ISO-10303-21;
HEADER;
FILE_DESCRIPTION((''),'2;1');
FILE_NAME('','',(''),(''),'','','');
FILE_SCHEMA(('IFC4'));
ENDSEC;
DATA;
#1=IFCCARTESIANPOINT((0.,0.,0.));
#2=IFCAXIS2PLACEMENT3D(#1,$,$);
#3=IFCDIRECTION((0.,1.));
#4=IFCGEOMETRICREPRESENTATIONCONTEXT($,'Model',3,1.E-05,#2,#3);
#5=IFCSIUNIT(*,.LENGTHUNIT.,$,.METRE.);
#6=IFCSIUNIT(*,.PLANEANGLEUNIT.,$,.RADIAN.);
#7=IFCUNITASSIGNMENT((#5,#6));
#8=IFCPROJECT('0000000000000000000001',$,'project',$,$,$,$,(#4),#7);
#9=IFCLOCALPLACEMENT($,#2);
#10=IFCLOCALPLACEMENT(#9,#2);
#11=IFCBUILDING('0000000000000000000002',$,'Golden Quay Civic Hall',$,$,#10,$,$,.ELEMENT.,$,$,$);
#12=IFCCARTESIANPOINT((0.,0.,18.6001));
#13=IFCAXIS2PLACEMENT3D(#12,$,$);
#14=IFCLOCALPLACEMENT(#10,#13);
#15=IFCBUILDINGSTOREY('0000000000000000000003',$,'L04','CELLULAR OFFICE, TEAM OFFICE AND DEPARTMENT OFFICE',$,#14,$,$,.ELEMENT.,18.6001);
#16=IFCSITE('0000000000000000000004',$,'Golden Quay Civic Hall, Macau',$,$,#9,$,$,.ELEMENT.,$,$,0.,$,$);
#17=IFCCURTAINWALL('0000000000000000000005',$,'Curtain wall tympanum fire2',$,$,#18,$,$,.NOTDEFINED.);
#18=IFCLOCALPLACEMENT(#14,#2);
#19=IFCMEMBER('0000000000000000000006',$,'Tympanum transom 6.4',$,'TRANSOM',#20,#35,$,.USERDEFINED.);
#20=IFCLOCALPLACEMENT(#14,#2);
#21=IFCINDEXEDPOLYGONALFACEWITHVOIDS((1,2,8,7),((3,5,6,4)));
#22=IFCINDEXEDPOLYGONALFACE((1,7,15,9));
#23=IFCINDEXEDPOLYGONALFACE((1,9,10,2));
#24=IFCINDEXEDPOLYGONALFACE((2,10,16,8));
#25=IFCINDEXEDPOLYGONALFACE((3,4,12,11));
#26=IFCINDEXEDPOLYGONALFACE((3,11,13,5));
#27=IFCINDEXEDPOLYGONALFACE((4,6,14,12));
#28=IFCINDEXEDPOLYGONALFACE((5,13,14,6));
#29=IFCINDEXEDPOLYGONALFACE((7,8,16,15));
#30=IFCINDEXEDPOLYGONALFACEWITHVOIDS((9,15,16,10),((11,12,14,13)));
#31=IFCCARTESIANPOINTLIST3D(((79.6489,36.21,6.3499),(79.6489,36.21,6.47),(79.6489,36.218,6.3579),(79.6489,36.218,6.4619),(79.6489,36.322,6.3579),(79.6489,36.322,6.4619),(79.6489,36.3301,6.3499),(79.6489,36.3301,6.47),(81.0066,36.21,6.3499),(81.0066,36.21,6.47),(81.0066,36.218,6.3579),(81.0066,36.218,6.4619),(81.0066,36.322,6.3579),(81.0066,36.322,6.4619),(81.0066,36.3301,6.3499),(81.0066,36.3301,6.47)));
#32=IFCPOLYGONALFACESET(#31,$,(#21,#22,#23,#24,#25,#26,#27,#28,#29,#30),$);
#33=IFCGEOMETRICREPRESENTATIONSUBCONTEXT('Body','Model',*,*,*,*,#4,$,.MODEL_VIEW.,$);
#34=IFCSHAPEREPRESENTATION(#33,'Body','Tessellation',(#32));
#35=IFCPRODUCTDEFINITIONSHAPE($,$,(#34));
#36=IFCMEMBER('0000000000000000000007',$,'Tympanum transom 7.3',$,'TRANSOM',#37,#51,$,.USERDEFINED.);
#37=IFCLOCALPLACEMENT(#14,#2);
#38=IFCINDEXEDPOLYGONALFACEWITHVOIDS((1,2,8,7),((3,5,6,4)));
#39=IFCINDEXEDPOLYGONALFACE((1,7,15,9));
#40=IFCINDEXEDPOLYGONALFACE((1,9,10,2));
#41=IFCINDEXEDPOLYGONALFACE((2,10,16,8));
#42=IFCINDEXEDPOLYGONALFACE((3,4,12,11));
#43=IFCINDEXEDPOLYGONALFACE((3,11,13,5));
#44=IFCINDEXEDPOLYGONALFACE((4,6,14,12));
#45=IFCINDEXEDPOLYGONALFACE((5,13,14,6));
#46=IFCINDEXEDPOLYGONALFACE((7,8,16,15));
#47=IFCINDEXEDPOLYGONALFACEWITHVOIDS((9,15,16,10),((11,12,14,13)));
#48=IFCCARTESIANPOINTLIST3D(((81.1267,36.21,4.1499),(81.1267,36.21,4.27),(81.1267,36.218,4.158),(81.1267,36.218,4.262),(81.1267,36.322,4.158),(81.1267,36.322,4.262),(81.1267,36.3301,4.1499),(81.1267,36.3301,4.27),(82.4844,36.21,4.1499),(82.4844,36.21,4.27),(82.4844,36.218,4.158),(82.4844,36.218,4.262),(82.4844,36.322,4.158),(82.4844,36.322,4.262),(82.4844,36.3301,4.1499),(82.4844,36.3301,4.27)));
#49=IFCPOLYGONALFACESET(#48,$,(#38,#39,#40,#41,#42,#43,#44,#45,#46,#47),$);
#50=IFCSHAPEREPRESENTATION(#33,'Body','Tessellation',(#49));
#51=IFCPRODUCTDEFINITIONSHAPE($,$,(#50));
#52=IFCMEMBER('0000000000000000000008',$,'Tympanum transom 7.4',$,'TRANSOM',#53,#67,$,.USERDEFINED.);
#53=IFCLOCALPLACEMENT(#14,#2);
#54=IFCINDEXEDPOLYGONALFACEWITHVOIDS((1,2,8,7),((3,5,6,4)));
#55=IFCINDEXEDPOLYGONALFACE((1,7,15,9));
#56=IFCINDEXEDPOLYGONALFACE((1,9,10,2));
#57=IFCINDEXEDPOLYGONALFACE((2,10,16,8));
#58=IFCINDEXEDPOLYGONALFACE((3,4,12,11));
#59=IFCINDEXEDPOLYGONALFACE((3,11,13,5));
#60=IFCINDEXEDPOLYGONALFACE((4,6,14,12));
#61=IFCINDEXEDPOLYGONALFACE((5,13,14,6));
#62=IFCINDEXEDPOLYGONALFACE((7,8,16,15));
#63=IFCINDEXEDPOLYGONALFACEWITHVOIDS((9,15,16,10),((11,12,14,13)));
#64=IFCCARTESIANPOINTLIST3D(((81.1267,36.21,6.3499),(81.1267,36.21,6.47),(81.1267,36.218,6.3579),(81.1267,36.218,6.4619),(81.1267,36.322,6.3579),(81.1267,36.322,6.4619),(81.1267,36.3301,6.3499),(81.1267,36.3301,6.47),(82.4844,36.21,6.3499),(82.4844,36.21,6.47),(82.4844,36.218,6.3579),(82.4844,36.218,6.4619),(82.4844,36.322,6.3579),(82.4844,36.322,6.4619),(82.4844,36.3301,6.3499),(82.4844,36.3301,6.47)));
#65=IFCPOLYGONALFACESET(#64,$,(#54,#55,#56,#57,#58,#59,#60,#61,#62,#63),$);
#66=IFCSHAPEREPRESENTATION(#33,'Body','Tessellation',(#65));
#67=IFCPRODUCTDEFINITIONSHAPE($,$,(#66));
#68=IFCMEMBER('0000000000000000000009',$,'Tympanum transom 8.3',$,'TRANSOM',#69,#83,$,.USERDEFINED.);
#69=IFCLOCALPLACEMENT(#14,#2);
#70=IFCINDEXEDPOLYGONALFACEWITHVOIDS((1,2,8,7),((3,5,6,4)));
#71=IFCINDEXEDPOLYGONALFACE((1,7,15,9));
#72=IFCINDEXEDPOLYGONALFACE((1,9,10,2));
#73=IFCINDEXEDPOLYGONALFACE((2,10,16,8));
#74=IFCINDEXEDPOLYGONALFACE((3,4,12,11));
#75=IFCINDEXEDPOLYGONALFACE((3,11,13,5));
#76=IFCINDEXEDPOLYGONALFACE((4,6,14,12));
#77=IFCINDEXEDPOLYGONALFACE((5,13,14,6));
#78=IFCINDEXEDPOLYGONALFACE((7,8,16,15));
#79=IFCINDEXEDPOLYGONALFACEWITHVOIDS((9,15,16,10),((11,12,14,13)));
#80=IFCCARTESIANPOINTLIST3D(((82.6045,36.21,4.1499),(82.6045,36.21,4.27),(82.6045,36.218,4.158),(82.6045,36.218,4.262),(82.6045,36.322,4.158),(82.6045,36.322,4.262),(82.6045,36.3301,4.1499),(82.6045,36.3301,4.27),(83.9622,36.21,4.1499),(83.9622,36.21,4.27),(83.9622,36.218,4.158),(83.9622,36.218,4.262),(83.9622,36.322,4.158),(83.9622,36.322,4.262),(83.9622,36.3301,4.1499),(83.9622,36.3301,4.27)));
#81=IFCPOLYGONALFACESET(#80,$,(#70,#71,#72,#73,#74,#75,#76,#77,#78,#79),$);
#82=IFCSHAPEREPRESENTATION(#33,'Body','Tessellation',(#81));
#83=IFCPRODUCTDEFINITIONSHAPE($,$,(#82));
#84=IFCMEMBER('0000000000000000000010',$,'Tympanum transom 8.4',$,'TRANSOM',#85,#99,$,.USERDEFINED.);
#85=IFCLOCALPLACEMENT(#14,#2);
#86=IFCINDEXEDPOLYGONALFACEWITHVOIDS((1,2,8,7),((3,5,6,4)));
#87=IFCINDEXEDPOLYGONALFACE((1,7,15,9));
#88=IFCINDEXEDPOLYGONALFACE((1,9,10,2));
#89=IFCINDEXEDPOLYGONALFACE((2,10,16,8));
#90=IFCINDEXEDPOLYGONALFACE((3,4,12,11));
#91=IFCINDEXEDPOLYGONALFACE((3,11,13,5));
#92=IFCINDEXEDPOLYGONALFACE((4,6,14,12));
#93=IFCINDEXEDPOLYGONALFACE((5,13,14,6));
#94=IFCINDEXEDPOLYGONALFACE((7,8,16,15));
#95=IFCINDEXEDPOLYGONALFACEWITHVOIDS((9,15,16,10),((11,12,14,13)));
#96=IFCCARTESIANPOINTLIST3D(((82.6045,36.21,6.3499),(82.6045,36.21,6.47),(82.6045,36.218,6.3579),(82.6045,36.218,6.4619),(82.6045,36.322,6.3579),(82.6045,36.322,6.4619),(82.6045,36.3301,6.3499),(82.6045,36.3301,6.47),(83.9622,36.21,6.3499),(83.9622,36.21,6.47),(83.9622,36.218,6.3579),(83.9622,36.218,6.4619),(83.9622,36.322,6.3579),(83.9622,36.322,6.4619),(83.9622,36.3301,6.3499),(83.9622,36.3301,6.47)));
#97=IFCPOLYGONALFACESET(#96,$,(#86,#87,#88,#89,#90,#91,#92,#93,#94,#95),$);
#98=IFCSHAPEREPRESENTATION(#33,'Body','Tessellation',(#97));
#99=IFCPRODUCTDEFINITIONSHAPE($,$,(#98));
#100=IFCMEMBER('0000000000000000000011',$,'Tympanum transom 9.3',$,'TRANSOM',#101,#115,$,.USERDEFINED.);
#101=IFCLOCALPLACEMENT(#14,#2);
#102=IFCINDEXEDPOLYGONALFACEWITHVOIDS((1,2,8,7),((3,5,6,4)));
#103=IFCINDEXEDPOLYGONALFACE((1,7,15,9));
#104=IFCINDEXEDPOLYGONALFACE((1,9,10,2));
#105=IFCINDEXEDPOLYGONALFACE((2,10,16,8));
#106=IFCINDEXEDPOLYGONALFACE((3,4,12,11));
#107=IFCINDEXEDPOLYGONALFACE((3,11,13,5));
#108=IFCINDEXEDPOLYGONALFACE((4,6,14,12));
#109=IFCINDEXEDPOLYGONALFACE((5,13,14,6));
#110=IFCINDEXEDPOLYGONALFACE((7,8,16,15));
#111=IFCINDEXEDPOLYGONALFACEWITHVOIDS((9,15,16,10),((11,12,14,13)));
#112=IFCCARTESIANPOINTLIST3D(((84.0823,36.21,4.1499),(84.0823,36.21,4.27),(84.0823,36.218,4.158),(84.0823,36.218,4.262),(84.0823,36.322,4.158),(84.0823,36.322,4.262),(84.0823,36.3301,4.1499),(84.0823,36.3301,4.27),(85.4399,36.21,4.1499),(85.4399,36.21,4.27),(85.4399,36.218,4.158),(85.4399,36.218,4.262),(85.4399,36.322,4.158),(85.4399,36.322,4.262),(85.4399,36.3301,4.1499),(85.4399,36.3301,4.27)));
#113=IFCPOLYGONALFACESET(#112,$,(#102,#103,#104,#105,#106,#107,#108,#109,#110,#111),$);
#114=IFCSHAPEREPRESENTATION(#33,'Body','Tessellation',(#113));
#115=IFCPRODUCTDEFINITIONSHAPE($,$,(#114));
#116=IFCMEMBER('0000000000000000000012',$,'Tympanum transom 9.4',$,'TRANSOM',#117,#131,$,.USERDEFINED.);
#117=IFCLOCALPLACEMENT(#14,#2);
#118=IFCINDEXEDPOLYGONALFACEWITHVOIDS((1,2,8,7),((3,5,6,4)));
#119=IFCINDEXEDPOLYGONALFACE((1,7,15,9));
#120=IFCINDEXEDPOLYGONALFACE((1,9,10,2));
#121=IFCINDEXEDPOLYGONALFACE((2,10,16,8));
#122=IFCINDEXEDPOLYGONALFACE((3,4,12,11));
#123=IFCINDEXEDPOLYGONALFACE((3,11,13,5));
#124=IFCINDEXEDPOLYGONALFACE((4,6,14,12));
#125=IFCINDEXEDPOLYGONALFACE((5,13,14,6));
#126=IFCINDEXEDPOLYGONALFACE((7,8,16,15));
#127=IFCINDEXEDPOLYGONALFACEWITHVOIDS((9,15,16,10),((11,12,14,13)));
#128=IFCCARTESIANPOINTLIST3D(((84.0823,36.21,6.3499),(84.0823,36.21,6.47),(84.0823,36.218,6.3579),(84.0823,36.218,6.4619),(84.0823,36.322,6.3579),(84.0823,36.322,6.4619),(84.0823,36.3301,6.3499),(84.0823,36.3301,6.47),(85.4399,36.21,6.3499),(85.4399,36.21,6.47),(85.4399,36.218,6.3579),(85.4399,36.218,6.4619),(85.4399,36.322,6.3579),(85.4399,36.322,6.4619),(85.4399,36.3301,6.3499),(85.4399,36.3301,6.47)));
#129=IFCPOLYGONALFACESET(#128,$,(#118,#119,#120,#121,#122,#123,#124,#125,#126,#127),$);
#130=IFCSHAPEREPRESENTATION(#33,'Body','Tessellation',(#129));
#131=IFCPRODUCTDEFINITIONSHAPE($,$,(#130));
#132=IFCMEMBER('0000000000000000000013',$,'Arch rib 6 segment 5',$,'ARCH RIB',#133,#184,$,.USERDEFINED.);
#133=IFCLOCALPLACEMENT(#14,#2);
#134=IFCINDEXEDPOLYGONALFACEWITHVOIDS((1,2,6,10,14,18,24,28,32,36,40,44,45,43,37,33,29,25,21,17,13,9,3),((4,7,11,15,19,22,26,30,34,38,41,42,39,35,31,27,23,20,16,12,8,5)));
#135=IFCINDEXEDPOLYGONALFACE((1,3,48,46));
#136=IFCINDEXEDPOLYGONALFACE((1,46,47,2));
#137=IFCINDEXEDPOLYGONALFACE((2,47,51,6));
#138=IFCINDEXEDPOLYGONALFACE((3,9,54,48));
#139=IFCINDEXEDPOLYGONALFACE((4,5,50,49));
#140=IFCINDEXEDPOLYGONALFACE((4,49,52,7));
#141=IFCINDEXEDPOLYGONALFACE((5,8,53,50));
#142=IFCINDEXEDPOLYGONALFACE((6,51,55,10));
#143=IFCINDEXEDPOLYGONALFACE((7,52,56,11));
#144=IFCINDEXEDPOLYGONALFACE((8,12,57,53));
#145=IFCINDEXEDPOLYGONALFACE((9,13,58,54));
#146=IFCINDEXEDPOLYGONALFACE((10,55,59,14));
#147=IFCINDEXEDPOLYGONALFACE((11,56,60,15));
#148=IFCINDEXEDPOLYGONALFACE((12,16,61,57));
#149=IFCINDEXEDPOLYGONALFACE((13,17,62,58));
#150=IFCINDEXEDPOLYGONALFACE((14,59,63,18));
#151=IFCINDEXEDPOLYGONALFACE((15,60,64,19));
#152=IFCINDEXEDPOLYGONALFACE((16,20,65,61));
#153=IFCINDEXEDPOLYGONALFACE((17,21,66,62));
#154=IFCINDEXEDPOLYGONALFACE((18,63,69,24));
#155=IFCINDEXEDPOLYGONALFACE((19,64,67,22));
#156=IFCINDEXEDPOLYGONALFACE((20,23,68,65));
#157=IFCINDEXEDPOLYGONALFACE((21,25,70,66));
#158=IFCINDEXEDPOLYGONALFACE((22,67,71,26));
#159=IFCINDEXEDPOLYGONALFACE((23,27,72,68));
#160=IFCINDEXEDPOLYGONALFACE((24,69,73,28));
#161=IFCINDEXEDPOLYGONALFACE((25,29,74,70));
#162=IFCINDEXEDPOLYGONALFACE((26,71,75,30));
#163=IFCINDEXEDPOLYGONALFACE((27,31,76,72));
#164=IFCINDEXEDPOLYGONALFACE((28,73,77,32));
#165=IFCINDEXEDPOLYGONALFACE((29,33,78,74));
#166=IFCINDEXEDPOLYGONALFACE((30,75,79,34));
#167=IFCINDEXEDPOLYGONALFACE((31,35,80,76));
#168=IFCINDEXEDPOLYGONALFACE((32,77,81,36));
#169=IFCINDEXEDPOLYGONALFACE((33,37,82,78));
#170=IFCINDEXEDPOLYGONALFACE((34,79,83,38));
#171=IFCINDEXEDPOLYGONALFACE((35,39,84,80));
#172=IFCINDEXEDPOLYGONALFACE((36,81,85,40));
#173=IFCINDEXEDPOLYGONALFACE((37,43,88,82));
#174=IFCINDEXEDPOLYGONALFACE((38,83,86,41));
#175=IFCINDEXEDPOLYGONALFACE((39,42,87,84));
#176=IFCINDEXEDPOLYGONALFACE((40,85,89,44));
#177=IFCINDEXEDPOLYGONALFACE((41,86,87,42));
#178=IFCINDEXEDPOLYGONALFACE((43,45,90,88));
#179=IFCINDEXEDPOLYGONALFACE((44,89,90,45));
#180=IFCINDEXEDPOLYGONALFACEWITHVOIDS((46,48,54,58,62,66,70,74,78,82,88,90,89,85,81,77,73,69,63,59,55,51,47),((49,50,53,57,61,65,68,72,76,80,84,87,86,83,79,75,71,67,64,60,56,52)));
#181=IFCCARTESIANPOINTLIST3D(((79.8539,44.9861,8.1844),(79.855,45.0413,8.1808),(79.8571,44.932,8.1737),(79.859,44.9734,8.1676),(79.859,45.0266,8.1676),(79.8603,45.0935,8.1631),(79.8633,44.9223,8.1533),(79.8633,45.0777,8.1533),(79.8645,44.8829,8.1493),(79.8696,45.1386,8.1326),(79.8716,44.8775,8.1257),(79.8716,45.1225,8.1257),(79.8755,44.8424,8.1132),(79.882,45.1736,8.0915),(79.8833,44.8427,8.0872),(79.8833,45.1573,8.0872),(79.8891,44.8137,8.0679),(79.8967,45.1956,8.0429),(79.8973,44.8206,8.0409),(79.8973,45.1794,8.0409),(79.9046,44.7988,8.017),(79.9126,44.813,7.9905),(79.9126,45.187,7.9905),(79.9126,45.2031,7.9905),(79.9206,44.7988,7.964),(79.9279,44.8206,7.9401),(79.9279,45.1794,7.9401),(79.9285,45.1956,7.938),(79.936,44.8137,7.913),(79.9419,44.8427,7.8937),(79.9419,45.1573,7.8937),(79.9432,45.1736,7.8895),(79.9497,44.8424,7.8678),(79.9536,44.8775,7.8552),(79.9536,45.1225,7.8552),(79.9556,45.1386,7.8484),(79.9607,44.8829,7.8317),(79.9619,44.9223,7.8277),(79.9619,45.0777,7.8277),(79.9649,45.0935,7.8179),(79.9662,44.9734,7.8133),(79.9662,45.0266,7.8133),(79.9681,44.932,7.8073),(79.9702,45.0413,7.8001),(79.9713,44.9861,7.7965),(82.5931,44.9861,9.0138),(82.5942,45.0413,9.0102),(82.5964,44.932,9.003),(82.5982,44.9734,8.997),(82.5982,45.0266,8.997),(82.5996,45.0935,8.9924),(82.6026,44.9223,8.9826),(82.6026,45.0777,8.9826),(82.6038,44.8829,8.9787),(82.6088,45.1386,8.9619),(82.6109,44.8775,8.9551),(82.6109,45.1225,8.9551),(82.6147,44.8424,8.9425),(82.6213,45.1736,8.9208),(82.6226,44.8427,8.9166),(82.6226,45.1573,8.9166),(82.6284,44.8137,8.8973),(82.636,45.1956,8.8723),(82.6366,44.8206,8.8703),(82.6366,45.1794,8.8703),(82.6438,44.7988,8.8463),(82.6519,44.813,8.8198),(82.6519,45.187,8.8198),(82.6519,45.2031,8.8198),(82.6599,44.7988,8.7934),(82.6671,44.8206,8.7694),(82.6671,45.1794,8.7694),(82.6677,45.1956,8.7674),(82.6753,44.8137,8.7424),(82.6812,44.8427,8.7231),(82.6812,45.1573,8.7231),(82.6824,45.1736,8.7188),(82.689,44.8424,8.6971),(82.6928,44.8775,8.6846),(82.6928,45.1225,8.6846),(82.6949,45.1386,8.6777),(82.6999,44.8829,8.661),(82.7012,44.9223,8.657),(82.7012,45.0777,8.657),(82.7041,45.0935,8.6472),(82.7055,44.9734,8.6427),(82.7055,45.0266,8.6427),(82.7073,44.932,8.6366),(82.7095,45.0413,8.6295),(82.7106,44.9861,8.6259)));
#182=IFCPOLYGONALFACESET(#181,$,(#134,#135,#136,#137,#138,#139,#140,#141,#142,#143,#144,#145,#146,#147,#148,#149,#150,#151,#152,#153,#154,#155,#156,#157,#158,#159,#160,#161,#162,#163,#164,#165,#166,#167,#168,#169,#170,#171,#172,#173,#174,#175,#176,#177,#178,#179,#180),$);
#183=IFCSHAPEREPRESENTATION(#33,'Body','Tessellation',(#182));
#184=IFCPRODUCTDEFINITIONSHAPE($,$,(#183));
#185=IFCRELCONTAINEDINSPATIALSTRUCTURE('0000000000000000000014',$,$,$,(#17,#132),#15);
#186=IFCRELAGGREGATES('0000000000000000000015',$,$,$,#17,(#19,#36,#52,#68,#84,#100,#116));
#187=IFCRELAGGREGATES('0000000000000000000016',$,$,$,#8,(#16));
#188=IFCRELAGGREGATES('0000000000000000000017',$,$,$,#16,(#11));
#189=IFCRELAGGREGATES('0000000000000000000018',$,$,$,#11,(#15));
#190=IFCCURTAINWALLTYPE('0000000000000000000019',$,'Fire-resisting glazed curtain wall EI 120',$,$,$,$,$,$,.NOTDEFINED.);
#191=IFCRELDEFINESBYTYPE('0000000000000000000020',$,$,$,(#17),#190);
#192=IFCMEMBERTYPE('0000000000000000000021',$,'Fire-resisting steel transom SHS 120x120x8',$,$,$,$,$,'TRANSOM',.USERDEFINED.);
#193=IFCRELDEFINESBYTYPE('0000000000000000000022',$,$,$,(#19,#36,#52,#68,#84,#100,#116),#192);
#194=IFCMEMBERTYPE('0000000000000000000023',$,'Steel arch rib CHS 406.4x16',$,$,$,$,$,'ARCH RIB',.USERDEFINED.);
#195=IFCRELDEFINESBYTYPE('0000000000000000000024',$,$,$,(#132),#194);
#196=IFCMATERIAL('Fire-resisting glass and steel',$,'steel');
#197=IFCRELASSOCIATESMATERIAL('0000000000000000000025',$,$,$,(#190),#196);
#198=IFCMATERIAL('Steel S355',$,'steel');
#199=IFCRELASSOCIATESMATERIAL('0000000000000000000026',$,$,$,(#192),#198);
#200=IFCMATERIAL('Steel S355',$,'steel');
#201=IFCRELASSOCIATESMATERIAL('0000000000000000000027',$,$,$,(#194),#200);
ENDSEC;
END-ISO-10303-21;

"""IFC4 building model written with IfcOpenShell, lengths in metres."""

from ifc_helpers import new_model, si_unit, direction, frame, origin, origin_2d, place, context, subcontext, project, spatial, hollow_rectangle, hollow_circle, extrude, material, material_profile, profile_set, type_object, element, aggregate, save


model = new_model("IFC4")

# Units and contexts
model_context = context("Model", 3, precision=1e-05, world=origin(), true_north=direction((0.0, 1.0)))
body_context = subcontext(model_context, "Body", "Model", "MODEL_VIEW")
ifc_project = project(units=[si_unit("LENGTHUNIT", "METRE"), si_unit("PLANEANGLEUNIT", "RADIAN")], contexts=[model_context])

# Site, building, storey
site_placement = place(None, origin())
site = spatial("IfcSite", under=ifc_project, at=site_placement, Name="Golden Quay Civic Hall, Macau", CompositionType="ELEMENT", RefElevation=0.0)
building_placement = place(site_placement, origin())
building = spatial("IfcBuilding", under=site, at=building_placement, Name="Golden Quay Civic Hall", CompositionType="ELEMENT")
storey_placement = place(building_placement, frame((0.0, 0.0, 18.6001)))
storey = spatial("IfcBuildingStorey", under=building, at=storey_placement, Name="L04", Description="CELLULAR OFFICE, TEAM OFFICE AND DEPARTMENT OFFICE", CompositionType="ELEMENT", Elevation=18.6001)

# Curtain wall, members
ifc_material_1 = material(Name="Fire-resisting glass and steel", Category="steel")
curtain_wall_type = type_object("IfcCurtainWallType", Name="Fire-resisting glazed curtain wall EI 120", PredefinedType="NOTDEFINED", material=ifc_material_1)
curtain_wall_placement = place(storey_placement, origin())
curtain_wall = element("IfcCurtainWall", 1, at=curtain_wall_placement, inside=storey, type_object=curtain_wall_type, Name="Curtain wall tympanum fire2", PredefinedType="NOTDEFINED")
ifc_material_2 = material(Name="Steel S355", Category="steel")
ifc_material_profile_1 = material_profile(ifc_material_2, hollow_rectangle(XDim=0.1201, YDim=0.1201, WallThickness=0.0081, at=origin_2d()), Name="SHS 120x120x8")
ifc_profile_set_1 = profile_set([ifc_material_profile_1], Name="Steel S355")
member_type_1 = type_object("IfcMemberType", Name="Fire-resisting steel transom SHS 120x120x8", ElementType="TRANSOM", PredefinedType="USERDEFINED", material=ifc_profile_set_1)
member_1_placement = place(storey_placement, frame((79.6489, 36.27, 6.4099), z_axis=(1.0, 0.0, 0.0), x_axis=(0.0, 1.0, 0.0)))
member_1 = element("IfcMember", 2, at=member_1_placement, type_object=member_type_1, Name="Tympanum transom 6.4", ObjectType="TRANSOM", PredefinedType="USERDEFINED", context=body_context, shape_type="SweptSolid", body=[
    extrude(hollow_rectangle(XDim=0.1201, YDim=0.1201, WallThickness=0.0081, at=origin_2d()), origin(), (0.0, 0.0, 1.0), 1.3577),
])
member_2_placement = place(storey_placement, frame((81.1267, 36.27, 4.21), z_axis=(1.0, 0.0, 0.0), x_axis=(0.0, 1.0, 0.0)))
member_2 = element("IfcMember", 3, at=member_2_placement, type_object=member_type_1, Name="Tympanum transom 7.3", ObjectType="TRANSOM", PredefinedType="USERDEFINED", context=body_context, shape_type="SweptSolid", body=[
    extrude(hollow_rectangle(XDim=0.1201, YDim=0.1201, WallThickness=0.0081, at=origin_2d()), origin(), (0.0, 0.0, 1.0), 1.3577),
])
member_3_placement = place(storey_placement, frame((81.1267, 36.27, 6.4099), z_axis=(1.0, 0.0, 0.0), x_axis=(0.0, 1.0, 0.0)))
member_3 = element("IfcMember", 4, at=member_3_placement, type_object=member_type_1, Name="Tympanum transom 7.4", ObjectType="TRANSOM", PredefinedType="USERDEFINED", context=body_context, shape_type="SweptSolid", body=[
    extrude(hollow_rectangle(XDim=0.1201, YDim=0.1201, WallThickness=0.0081, at=origin_2d()), origin(), (0.0, 0.0, 1.0), 1.3577),
])
member_4_placement = place(storey_placement, frame((82.6045, 36.27, 4.21), z_axis=(1.0, 0.0, 0.0), x_axis=(0.0, 1.0, 0.0)))
member_4 = element("IfcMember", 5, at=member_4_placement, type_object=member_type_1, Name="Tympanum transom 8.3", ObjectType="TRANSOM", PredefinedType="USERDEFINED", context=body_context, shape_type="SweptSolid", body=[
    extrude(hollow_rectangle(XDim=0.1201, YDim=0.1201, WallThickness=0.0081, at=origin_2d()), origin(), (0.0, 0.0, 1.0), 1.3577),
])
member_5_placement = place(storey_placement, frame((82.6045, 36.27, 6.4099), z_axis=(1.0, 0.0, 0.0), x_axis=(0.0, 1.0, 0.0)))
member_5 = element("IfcMember", 6, at=member_5_placement, type_object=member_type_1, Name="Tympanum transom 8.4", ObjectType="TRANSOM", PredefinedType="USERDEFINED", context=body_context, shape_type="SweptSolid", body=[
    extrude(hollow_rectangle(XDim=0.1201, YDim=0.1201, WallThickness=0.0081, at=origin_2d()), origin(), (0.0, 0.0, 1.0), 1.3577),
])
member_6_placement = place(storey_placement, frame((84.0823, 36.27, 4.21), z_axis=(1.0, 0.0, 0.0), x_axis=(0.0, 1.0, 0.0)))
member_6 = element("IfcMember", 7, at=member_6_placement, type_object=member_type_1, Name="Tympanum transom 9.3", ObjectType="TRANSOM", PredefinedType="USERDEFINED", context=body_context, shape_type="SweptSolid", body=[
    extrude(hollow_rectangle(XDim=0.1201, YDim=0.1201, WallThickness=0.0081, at=origin_2d()), origin(), (0.0, 0.0, 1.0), 1.3577),
])
member_7_placement = place(storey_placement, frame((84.0823, 36.27, 6.4099), z_axis=(1.0, 0.0, 0.0), x_axis=(0.0, 1.0, 0.0)))
member_7 = element("IfcMember", 8, at=member_7_placement, type_object=member_type_1, Name="Tympanum transom 9.4", ObjectType="TRANSOM", PredefinedType="USERDEFINED", context=body_context, shape_type="SweptSolid", body=[
    extrude(hollow_rectangle(XDim=0.1201, YDim=0.1201, WallThickness=0.0081, at=origin_2d()), origin(), (0.0, 0.0, 1.0), 1.3577),
])

# Member
ifc_material_3 = material(Name="Steel S355", Category="steel")
ifc_material_profile_2 = material_profile(ifc_material_3, hollow_circle(Radius=0.2031, WallThickness=0.0161, at=origin_2d()), Name="CHS 406.4x16")
ifc_profile_set_2 = profile_set([ifc_material_profile_2], Name="Steel S355")
member_type_2 = type_object("IfcMemberType", Name="Steel arch rib CHS 406.4x16", ElementType="ARCH RIB", PredefinedType="USERDEFINED", material=ifc_profile_set_2)
member_8_placement = place(storey_placement, frame((79.9126, 45.0, 7.9905), z_axis=(0.957095, 0.0, 0.289773), x_axis=(0.0, 1.0, 0.0)))
element("IfcMember", 9, at=member_8_placement, inside=storey, type_object=member_type_2, Name="Arch rib 6 segment 5", ObjectType="ARCH RIB", PredefinedType="USERDEFINED", context=body_context, shape_type="SweptSolid", body=[
    extrude(hollow_circle(Radius=0.2031, WallThickness=0.0161, at=origin_2d()), origin(), (0.0, 0.0, 1.0), 2.8621),
])

aggregate(curtain_wall, [member_1, member_2, member_3, member_4, member_5, member_6, member_7])

save(model, "model.ifc")
